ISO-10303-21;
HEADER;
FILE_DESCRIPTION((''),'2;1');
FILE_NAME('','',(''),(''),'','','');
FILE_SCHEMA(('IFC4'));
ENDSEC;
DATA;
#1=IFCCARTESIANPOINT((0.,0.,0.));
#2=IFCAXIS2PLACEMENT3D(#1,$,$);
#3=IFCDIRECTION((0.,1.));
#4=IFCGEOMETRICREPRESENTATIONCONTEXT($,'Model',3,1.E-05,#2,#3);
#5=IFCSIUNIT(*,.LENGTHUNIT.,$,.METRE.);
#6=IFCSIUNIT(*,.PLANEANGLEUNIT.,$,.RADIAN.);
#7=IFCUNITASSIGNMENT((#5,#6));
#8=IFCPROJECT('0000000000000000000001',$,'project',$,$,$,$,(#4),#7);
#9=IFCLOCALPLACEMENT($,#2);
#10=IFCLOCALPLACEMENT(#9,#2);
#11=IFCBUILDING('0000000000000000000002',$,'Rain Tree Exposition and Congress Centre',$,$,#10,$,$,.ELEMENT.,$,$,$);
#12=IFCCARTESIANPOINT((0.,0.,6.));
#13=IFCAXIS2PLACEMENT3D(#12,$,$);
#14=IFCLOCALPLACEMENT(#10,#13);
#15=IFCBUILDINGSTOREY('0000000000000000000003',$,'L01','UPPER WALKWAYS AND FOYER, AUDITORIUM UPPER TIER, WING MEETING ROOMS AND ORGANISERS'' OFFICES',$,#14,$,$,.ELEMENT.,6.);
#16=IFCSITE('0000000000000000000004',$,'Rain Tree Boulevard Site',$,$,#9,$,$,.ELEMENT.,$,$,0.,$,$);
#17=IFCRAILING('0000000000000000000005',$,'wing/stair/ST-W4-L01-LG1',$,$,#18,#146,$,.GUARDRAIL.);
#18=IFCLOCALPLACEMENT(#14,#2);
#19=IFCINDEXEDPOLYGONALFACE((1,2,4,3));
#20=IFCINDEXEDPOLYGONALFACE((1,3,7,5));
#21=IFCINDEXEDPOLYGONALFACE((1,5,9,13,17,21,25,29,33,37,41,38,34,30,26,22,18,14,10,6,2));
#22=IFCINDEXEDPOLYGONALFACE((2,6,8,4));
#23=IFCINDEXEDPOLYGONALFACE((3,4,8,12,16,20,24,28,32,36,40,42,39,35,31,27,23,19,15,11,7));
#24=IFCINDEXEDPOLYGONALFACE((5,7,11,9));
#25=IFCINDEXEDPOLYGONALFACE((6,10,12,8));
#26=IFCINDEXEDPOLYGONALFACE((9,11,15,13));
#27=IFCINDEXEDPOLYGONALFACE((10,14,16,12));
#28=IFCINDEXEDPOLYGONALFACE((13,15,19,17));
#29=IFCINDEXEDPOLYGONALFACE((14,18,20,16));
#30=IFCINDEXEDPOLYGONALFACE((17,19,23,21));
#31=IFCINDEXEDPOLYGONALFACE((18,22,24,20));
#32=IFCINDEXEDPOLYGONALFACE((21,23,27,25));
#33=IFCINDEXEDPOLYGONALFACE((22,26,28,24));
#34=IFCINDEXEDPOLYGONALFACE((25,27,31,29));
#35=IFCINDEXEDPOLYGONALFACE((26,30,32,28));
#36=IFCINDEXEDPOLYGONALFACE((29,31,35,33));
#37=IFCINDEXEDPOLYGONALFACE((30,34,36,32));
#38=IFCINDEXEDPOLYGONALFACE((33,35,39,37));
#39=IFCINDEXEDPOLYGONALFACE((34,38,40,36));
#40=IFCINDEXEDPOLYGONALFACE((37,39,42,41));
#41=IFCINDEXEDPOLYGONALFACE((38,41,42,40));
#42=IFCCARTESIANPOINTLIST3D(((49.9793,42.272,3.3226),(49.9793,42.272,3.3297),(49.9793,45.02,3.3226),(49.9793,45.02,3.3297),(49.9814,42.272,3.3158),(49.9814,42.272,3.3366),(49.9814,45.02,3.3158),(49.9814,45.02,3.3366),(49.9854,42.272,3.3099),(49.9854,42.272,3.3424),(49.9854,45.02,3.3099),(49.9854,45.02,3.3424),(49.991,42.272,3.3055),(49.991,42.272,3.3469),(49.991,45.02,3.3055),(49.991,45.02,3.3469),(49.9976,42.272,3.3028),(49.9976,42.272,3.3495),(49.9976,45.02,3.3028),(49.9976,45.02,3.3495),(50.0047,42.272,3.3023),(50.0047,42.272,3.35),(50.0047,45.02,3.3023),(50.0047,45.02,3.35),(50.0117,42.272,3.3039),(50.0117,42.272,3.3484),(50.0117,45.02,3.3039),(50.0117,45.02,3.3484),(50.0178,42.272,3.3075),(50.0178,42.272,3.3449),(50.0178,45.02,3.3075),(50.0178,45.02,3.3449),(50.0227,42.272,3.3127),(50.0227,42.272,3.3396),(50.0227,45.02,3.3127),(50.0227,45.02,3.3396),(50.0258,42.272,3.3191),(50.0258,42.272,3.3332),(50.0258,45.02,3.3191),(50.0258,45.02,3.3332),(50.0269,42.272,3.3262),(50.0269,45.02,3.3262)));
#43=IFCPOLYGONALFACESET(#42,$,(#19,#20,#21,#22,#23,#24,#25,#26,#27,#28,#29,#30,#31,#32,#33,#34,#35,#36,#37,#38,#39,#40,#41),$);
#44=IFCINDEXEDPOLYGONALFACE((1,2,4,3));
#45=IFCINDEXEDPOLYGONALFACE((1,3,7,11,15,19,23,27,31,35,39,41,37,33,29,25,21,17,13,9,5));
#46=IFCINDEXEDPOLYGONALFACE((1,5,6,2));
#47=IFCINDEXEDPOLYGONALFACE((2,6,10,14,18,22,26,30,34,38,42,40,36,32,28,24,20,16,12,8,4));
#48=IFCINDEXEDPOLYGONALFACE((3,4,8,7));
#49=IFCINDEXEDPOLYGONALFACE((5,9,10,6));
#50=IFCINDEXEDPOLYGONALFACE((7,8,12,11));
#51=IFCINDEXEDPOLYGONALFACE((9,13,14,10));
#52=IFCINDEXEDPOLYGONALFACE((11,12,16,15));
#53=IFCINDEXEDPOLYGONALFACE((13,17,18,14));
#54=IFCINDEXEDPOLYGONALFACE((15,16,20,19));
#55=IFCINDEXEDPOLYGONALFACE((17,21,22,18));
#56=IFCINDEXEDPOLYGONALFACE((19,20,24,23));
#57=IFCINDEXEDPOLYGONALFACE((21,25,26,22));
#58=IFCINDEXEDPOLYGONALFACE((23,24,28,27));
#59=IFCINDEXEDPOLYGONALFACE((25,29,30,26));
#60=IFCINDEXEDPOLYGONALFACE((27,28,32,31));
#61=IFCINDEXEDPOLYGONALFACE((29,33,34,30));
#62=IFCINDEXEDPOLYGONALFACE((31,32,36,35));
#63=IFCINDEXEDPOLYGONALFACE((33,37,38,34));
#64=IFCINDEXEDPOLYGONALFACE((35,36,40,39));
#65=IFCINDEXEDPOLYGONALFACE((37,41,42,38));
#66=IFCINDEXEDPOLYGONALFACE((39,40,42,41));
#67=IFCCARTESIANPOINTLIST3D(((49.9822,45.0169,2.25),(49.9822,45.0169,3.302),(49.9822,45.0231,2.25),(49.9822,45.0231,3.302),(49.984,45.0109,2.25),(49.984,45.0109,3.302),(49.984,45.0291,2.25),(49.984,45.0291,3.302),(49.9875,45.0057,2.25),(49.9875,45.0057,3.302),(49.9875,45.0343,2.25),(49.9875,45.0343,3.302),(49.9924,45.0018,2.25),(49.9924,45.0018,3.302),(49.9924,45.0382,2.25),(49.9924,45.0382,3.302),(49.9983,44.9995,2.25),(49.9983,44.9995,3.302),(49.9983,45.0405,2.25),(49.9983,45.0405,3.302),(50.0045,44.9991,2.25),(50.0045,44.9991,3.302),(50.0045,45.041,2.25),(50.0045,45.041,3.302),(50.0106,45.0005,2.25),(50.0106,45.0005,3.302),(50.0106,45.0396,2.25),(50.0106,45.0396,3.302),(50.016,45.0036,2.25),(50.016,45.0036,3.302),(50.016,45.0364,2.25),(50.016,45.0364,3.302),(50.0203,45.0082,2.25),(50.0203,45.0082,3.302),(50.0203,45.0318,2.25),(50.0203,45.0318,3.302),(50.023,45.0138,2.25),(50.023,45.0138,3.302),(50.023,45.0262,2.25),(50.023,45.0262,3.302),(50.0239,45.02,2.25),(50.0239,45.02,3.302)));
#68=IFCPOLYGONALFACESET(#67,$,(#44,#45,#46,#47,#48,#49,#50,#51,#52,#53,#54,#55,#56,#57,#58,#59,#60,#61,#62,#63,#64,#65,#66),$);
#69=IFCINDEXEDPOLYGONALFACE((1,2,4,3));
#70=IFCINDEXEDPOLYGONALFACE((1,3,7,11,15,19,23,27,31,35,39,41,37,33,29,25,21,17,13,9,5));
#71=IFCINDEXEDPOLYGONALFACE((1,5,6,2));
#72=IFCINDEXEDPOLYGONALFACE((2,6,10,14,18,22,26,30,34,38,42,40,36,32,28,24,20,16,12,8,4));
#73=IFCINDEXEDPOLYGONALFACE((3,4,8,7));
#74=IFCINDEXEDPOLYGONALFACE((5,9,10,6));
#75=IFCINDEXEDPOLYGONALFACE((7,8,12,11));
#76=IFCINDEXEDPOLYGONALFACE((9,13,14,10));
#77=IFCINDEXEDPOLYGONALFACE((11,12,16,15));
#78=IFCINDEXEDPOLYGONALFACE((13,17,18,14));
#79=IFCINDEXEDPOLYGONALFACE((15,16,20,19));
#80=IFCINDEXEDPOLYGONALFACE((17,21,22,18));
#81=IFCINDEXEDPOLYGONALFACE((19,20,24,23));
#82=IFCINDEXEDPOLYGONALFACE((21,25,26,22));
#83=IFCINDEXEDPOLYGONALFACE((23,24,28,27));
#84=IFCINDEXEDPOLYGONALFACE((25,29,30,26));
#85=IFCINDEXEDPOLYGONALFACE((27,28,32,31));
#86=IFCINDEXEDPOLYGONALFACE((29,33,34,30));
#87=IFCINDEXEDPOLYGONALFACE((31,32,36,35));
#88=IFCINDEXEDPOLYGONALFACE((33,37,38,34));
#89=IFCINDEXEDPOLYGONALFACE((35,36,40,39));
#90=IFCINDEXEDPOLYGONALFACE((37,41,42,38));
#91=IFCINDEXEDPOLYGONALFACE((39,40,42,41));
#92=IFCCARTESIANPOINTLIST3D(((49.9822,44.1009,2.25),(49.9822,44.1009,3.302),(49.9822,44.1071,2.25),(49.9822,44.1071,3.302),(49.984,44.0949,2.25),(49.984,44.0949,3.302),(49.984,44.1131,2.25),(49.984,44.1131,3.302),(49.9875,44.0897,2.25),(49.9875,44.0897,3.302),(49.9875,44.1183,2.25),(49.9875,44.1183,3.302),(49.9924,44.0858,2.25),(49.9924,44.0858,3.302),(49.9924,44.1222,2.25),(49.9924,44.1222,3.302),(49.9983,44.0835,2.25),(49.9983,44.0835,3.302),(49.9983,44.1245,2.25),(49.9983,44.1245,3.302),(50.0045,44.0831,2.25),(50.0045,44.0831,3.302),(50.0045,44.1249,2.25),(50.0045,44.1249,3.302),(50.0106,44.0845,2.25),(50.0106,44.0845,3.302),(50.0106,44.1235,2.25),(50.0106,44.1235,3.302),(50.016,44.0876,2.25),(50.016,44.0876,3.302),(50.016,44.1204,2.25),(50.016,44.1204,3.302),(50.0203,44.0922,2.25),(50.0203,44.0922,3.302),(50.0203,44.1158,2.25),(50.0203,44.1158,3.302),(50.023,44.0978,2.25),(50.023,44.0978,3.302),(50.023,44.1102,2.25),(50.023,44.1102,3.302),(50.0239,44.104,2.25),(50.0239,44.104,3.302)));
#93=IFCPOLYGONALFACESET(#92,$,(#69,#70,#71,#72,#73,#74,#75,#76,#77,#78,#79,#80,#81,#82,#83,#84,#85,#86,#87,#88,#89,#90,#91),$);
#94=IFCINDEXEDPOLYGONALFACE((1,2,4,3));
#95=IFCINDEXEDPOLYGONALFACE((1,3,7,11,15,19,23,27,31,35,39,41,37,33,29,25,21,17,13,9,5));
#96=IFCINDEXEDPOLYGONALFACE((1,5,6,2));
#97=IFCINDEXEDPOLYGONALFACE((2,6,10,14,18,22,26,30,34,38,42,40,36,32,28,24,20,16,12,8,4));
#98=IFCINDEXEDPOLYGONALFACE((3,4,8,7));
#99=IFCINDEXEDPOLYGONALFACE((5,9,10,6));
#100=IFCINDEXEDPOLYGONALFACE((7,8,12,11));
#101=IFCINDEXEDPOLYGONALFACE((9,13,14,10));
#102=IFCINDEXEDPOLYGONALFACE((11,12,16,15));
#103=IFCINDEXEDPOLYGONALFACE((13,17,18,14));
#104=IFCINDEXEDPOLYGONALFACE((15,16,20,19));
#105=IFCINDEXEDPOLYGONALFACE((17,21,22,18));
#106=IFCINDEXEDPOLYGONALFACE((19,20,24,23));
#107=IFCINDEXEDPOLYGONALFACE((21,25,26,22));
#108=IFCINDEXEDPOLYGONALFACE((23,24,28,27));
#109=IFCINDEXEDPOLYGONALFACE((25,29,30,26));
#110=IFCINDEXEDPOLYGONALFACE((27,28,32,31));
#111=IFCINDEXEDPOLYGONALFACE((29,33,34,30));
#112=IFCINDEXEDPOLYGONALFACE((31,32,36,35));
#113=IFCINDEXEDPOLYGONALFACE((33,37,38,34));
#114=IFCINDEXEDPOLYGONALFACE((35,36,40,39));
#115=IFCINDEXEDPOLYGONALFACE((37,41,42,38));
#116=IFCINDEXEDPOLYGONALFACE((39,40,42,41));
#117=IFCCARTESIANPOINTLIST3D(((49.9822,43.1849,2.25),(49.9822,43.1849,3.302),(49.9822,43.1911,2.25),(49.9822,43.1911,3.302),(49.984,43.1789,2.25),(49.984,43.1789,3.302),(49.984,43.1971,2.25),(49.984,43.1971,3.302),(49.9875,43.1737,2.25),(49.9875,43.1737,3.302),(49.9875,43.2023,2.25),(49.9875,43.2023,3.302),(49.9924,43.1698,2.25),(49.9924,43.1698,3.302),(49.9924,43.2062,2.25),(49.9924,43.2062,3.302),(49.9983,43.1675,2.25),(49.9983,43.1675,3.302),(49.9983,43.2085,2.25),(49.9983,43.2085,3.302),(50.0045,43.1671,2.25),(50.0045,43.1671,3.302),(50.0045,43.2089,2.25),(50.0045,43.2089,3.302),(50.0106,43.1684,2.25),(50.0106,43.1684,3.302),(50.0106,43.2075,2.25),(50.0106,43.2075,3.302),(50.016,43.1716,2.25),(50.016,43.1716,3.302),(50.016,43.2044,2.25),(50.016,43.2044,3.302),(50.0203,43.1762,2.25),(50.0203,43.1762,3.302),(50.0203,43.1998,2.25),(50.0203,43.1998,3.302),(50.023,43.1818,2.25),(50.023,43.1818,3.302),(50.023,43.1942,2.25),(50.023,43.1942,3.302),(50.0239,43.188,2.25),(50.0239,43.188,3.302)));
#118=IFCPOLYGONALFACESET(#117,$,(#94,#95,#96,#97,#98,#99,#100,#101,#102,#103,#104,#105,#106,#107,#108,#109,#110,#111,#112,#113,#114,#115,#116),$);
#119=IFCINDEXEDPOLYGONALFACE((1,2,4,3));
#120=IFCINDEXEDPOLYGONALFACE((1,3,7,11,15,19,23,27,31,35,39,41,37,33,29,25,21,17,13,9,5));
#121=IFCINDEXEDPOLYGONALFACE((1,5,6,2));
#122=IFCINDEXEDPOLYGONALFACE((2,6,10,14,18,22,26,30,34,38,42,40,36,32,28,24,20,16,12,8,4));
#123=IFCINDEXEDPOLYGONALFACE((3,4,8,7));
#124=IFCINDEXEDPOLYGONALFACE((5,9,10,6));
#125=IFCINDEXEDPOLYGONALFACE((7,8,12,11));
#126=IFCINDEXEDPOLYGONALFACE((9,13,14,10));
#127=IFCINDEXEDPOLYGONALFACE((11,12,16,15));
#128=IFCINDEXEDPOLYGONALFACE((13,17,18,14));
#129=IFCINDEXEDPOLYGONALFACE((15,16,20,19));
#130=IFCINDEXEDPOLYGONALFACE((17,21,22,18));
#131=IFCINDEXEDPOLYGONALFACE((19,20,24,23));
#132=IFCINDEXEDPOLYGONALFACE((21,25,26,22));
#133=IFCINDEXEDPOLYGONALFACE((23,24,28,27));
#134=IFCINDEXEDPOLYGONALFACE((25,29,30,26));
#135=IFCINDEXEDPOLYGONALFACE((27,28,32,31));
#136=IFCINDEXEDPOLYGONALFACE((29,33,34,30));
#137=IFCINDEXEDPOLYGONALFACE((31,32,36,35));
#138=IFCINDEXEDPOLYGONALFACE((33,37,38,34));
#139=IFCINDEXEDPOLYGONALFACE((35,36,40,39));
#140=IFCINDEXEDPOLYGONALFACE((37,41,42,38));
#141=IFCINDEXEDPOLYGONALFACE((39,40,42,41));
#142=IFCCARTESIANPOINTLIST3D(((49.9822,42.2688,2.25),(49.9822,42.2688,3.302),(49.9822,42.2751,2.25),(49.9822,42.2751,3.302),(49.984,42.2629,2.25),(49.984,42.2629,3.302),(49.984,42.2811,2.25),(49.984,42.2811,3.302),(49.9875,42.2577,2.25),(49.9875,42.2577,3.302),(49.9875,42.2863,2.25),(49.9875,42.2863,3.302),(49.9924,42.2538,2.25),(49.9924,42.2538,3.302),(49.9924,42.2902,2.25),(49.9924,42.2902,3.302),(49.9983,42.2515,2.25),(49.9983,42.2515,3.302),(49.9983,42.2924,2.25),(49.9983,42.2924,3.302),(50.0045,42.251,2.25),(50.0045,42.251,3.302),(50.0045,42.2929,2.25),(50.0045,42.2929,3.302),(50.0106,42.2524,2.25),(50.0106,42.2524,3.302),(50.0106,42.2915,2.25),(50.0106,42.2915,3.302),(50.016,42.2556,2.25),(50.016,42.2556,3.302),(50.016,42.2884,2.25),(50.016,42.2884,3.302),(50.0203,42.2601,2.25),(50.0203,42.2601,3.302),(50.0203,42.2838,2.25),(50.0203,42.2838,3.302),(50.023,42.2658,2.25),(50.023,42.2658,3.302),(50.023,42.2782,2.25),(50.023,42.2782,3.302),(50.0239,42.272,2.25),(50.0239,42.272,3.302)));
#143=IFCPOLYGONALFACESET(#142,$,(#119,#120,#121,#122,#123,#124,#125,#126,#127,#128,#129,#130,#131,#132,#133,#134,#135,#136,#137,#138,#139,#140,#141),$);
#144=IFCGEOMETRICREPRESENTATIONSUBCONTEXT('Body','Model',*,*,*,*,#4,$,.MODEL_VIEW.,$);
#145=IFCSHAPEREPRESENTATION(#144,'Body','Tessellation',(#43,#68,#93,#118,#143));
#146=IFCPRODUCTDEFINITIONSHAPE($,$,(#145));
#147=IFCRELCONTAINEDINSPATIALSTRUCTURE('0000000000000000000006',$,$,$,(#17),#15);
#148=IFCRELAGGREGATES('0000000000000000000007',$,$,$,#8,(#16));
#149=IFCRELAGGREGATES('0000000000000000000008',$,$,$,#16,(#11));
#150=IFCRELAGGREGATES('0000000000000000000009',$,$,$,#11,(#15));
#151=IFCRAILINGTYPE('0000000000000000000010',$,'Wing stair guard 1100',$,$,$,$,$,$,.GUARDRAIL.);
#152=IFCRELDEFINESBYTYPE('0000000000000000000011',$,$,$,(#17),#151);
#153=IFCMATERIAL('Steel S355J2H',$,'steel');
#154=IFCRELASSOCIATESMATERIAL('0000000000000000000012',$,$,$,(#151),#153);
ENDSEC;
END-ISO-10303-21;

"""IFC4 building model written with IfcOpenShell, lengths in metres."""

from ifc_helpers import new_model, si_unit, direction, frame, origin, origin_2d, place, context, subcontext, project, spatial, circle, extrude, material, type_object, element, save


model = new_model("IFC4")

# Units and contexts
model_context = context("Model", 3, precision=1e-05, world=origin(), true_north=direction((0.0, 1.0)))
body_context = subcontext(model_context, "Body", "Model", "MODEL_VIEW")
ifc_project = project(units=[si_unit("LENGTHUNIT", "METRE"), si_unit("PLANEANGLEUNIT", "RADIAN")], contexts=[model_context])

# Site, building, storey
site_placement = place(None, origin())
site = spatial("IfcSite", under=ifc_project, at=site_placement, Name="Rain Tree Boulevard Site", CompositionType="ELEMENT", RefElevation=0.0)
building_placement = place(site_placement, origin())
building = spatial("IfcBuilding", under=site, at=building_placement, Name="Rain Tree Exposition and Congress Centre", CompositionType="ELEMENT")
storey_placement = place(building_placement, frame((0.0, 0.0, 6.0)))
storey = spatial("IfcBuildingStorey", under=building, at=storey_placement, Name="L01", Description="UPPER WALKWAYS AND FOYER, AUDITORIUM UPPER TIER, WING MEETING ROOMS AND ORGANISERS' OFFICES", CompositionType="ELEMENT", Elevation=6.0)

# Railing
ifc_material_1 = material(Name="Steel S355J2H", Category="steel")
railing_type_1 = type_object("IfcRailingType", Name="Wing stair guard 1100", PredefinedType="GUARDRAIL", material=ifc_material_1)
railing_1_placement = place(storey_placement, frame((50.0029, 45.02, 2.25)))
element("IfcRailing", 1, at=railing_1_placement, inside=storey, type_object=railing_type_1, Name="wing/stair/ST-W4-L01-LG1", PredefinedType="GUARDRAIL", context=body_context, shape_type="SweptSolid", body=[
    extrude(circle(Radius=0.0239, at=origin_2d()), frame((0.0, 0.0, 1.0762), z_axis=(0.0, -1.0, 0.0), x_axis=(1.0, 0.0, 0.0)), (0.0, 0.0, 1.0), 2.748),
    extrude(circle(Radius=0.021, at=origin_2d()), origin(), (0.0, 0.0, 1.0), 1.052),
    extrude(circle(Radius=0.021, at=origin_2d()), frame((0.0, -0.916, 0.0)), (0.0, 0.0, 1.0), 1.052),
    extrude(circle(Radius=0.021, at=origin_2d()), frame((0.0, -1.832, 0.0)), (0.0, 0.0, 1.0), 1.052),
    extrude(circle(Radius=0.021, at=origin_2d()), frame((0.0, -2.748, 0.0)), (0.0, 0.0, 1.0), 1.052),
])

save(model, "model.ifc")
